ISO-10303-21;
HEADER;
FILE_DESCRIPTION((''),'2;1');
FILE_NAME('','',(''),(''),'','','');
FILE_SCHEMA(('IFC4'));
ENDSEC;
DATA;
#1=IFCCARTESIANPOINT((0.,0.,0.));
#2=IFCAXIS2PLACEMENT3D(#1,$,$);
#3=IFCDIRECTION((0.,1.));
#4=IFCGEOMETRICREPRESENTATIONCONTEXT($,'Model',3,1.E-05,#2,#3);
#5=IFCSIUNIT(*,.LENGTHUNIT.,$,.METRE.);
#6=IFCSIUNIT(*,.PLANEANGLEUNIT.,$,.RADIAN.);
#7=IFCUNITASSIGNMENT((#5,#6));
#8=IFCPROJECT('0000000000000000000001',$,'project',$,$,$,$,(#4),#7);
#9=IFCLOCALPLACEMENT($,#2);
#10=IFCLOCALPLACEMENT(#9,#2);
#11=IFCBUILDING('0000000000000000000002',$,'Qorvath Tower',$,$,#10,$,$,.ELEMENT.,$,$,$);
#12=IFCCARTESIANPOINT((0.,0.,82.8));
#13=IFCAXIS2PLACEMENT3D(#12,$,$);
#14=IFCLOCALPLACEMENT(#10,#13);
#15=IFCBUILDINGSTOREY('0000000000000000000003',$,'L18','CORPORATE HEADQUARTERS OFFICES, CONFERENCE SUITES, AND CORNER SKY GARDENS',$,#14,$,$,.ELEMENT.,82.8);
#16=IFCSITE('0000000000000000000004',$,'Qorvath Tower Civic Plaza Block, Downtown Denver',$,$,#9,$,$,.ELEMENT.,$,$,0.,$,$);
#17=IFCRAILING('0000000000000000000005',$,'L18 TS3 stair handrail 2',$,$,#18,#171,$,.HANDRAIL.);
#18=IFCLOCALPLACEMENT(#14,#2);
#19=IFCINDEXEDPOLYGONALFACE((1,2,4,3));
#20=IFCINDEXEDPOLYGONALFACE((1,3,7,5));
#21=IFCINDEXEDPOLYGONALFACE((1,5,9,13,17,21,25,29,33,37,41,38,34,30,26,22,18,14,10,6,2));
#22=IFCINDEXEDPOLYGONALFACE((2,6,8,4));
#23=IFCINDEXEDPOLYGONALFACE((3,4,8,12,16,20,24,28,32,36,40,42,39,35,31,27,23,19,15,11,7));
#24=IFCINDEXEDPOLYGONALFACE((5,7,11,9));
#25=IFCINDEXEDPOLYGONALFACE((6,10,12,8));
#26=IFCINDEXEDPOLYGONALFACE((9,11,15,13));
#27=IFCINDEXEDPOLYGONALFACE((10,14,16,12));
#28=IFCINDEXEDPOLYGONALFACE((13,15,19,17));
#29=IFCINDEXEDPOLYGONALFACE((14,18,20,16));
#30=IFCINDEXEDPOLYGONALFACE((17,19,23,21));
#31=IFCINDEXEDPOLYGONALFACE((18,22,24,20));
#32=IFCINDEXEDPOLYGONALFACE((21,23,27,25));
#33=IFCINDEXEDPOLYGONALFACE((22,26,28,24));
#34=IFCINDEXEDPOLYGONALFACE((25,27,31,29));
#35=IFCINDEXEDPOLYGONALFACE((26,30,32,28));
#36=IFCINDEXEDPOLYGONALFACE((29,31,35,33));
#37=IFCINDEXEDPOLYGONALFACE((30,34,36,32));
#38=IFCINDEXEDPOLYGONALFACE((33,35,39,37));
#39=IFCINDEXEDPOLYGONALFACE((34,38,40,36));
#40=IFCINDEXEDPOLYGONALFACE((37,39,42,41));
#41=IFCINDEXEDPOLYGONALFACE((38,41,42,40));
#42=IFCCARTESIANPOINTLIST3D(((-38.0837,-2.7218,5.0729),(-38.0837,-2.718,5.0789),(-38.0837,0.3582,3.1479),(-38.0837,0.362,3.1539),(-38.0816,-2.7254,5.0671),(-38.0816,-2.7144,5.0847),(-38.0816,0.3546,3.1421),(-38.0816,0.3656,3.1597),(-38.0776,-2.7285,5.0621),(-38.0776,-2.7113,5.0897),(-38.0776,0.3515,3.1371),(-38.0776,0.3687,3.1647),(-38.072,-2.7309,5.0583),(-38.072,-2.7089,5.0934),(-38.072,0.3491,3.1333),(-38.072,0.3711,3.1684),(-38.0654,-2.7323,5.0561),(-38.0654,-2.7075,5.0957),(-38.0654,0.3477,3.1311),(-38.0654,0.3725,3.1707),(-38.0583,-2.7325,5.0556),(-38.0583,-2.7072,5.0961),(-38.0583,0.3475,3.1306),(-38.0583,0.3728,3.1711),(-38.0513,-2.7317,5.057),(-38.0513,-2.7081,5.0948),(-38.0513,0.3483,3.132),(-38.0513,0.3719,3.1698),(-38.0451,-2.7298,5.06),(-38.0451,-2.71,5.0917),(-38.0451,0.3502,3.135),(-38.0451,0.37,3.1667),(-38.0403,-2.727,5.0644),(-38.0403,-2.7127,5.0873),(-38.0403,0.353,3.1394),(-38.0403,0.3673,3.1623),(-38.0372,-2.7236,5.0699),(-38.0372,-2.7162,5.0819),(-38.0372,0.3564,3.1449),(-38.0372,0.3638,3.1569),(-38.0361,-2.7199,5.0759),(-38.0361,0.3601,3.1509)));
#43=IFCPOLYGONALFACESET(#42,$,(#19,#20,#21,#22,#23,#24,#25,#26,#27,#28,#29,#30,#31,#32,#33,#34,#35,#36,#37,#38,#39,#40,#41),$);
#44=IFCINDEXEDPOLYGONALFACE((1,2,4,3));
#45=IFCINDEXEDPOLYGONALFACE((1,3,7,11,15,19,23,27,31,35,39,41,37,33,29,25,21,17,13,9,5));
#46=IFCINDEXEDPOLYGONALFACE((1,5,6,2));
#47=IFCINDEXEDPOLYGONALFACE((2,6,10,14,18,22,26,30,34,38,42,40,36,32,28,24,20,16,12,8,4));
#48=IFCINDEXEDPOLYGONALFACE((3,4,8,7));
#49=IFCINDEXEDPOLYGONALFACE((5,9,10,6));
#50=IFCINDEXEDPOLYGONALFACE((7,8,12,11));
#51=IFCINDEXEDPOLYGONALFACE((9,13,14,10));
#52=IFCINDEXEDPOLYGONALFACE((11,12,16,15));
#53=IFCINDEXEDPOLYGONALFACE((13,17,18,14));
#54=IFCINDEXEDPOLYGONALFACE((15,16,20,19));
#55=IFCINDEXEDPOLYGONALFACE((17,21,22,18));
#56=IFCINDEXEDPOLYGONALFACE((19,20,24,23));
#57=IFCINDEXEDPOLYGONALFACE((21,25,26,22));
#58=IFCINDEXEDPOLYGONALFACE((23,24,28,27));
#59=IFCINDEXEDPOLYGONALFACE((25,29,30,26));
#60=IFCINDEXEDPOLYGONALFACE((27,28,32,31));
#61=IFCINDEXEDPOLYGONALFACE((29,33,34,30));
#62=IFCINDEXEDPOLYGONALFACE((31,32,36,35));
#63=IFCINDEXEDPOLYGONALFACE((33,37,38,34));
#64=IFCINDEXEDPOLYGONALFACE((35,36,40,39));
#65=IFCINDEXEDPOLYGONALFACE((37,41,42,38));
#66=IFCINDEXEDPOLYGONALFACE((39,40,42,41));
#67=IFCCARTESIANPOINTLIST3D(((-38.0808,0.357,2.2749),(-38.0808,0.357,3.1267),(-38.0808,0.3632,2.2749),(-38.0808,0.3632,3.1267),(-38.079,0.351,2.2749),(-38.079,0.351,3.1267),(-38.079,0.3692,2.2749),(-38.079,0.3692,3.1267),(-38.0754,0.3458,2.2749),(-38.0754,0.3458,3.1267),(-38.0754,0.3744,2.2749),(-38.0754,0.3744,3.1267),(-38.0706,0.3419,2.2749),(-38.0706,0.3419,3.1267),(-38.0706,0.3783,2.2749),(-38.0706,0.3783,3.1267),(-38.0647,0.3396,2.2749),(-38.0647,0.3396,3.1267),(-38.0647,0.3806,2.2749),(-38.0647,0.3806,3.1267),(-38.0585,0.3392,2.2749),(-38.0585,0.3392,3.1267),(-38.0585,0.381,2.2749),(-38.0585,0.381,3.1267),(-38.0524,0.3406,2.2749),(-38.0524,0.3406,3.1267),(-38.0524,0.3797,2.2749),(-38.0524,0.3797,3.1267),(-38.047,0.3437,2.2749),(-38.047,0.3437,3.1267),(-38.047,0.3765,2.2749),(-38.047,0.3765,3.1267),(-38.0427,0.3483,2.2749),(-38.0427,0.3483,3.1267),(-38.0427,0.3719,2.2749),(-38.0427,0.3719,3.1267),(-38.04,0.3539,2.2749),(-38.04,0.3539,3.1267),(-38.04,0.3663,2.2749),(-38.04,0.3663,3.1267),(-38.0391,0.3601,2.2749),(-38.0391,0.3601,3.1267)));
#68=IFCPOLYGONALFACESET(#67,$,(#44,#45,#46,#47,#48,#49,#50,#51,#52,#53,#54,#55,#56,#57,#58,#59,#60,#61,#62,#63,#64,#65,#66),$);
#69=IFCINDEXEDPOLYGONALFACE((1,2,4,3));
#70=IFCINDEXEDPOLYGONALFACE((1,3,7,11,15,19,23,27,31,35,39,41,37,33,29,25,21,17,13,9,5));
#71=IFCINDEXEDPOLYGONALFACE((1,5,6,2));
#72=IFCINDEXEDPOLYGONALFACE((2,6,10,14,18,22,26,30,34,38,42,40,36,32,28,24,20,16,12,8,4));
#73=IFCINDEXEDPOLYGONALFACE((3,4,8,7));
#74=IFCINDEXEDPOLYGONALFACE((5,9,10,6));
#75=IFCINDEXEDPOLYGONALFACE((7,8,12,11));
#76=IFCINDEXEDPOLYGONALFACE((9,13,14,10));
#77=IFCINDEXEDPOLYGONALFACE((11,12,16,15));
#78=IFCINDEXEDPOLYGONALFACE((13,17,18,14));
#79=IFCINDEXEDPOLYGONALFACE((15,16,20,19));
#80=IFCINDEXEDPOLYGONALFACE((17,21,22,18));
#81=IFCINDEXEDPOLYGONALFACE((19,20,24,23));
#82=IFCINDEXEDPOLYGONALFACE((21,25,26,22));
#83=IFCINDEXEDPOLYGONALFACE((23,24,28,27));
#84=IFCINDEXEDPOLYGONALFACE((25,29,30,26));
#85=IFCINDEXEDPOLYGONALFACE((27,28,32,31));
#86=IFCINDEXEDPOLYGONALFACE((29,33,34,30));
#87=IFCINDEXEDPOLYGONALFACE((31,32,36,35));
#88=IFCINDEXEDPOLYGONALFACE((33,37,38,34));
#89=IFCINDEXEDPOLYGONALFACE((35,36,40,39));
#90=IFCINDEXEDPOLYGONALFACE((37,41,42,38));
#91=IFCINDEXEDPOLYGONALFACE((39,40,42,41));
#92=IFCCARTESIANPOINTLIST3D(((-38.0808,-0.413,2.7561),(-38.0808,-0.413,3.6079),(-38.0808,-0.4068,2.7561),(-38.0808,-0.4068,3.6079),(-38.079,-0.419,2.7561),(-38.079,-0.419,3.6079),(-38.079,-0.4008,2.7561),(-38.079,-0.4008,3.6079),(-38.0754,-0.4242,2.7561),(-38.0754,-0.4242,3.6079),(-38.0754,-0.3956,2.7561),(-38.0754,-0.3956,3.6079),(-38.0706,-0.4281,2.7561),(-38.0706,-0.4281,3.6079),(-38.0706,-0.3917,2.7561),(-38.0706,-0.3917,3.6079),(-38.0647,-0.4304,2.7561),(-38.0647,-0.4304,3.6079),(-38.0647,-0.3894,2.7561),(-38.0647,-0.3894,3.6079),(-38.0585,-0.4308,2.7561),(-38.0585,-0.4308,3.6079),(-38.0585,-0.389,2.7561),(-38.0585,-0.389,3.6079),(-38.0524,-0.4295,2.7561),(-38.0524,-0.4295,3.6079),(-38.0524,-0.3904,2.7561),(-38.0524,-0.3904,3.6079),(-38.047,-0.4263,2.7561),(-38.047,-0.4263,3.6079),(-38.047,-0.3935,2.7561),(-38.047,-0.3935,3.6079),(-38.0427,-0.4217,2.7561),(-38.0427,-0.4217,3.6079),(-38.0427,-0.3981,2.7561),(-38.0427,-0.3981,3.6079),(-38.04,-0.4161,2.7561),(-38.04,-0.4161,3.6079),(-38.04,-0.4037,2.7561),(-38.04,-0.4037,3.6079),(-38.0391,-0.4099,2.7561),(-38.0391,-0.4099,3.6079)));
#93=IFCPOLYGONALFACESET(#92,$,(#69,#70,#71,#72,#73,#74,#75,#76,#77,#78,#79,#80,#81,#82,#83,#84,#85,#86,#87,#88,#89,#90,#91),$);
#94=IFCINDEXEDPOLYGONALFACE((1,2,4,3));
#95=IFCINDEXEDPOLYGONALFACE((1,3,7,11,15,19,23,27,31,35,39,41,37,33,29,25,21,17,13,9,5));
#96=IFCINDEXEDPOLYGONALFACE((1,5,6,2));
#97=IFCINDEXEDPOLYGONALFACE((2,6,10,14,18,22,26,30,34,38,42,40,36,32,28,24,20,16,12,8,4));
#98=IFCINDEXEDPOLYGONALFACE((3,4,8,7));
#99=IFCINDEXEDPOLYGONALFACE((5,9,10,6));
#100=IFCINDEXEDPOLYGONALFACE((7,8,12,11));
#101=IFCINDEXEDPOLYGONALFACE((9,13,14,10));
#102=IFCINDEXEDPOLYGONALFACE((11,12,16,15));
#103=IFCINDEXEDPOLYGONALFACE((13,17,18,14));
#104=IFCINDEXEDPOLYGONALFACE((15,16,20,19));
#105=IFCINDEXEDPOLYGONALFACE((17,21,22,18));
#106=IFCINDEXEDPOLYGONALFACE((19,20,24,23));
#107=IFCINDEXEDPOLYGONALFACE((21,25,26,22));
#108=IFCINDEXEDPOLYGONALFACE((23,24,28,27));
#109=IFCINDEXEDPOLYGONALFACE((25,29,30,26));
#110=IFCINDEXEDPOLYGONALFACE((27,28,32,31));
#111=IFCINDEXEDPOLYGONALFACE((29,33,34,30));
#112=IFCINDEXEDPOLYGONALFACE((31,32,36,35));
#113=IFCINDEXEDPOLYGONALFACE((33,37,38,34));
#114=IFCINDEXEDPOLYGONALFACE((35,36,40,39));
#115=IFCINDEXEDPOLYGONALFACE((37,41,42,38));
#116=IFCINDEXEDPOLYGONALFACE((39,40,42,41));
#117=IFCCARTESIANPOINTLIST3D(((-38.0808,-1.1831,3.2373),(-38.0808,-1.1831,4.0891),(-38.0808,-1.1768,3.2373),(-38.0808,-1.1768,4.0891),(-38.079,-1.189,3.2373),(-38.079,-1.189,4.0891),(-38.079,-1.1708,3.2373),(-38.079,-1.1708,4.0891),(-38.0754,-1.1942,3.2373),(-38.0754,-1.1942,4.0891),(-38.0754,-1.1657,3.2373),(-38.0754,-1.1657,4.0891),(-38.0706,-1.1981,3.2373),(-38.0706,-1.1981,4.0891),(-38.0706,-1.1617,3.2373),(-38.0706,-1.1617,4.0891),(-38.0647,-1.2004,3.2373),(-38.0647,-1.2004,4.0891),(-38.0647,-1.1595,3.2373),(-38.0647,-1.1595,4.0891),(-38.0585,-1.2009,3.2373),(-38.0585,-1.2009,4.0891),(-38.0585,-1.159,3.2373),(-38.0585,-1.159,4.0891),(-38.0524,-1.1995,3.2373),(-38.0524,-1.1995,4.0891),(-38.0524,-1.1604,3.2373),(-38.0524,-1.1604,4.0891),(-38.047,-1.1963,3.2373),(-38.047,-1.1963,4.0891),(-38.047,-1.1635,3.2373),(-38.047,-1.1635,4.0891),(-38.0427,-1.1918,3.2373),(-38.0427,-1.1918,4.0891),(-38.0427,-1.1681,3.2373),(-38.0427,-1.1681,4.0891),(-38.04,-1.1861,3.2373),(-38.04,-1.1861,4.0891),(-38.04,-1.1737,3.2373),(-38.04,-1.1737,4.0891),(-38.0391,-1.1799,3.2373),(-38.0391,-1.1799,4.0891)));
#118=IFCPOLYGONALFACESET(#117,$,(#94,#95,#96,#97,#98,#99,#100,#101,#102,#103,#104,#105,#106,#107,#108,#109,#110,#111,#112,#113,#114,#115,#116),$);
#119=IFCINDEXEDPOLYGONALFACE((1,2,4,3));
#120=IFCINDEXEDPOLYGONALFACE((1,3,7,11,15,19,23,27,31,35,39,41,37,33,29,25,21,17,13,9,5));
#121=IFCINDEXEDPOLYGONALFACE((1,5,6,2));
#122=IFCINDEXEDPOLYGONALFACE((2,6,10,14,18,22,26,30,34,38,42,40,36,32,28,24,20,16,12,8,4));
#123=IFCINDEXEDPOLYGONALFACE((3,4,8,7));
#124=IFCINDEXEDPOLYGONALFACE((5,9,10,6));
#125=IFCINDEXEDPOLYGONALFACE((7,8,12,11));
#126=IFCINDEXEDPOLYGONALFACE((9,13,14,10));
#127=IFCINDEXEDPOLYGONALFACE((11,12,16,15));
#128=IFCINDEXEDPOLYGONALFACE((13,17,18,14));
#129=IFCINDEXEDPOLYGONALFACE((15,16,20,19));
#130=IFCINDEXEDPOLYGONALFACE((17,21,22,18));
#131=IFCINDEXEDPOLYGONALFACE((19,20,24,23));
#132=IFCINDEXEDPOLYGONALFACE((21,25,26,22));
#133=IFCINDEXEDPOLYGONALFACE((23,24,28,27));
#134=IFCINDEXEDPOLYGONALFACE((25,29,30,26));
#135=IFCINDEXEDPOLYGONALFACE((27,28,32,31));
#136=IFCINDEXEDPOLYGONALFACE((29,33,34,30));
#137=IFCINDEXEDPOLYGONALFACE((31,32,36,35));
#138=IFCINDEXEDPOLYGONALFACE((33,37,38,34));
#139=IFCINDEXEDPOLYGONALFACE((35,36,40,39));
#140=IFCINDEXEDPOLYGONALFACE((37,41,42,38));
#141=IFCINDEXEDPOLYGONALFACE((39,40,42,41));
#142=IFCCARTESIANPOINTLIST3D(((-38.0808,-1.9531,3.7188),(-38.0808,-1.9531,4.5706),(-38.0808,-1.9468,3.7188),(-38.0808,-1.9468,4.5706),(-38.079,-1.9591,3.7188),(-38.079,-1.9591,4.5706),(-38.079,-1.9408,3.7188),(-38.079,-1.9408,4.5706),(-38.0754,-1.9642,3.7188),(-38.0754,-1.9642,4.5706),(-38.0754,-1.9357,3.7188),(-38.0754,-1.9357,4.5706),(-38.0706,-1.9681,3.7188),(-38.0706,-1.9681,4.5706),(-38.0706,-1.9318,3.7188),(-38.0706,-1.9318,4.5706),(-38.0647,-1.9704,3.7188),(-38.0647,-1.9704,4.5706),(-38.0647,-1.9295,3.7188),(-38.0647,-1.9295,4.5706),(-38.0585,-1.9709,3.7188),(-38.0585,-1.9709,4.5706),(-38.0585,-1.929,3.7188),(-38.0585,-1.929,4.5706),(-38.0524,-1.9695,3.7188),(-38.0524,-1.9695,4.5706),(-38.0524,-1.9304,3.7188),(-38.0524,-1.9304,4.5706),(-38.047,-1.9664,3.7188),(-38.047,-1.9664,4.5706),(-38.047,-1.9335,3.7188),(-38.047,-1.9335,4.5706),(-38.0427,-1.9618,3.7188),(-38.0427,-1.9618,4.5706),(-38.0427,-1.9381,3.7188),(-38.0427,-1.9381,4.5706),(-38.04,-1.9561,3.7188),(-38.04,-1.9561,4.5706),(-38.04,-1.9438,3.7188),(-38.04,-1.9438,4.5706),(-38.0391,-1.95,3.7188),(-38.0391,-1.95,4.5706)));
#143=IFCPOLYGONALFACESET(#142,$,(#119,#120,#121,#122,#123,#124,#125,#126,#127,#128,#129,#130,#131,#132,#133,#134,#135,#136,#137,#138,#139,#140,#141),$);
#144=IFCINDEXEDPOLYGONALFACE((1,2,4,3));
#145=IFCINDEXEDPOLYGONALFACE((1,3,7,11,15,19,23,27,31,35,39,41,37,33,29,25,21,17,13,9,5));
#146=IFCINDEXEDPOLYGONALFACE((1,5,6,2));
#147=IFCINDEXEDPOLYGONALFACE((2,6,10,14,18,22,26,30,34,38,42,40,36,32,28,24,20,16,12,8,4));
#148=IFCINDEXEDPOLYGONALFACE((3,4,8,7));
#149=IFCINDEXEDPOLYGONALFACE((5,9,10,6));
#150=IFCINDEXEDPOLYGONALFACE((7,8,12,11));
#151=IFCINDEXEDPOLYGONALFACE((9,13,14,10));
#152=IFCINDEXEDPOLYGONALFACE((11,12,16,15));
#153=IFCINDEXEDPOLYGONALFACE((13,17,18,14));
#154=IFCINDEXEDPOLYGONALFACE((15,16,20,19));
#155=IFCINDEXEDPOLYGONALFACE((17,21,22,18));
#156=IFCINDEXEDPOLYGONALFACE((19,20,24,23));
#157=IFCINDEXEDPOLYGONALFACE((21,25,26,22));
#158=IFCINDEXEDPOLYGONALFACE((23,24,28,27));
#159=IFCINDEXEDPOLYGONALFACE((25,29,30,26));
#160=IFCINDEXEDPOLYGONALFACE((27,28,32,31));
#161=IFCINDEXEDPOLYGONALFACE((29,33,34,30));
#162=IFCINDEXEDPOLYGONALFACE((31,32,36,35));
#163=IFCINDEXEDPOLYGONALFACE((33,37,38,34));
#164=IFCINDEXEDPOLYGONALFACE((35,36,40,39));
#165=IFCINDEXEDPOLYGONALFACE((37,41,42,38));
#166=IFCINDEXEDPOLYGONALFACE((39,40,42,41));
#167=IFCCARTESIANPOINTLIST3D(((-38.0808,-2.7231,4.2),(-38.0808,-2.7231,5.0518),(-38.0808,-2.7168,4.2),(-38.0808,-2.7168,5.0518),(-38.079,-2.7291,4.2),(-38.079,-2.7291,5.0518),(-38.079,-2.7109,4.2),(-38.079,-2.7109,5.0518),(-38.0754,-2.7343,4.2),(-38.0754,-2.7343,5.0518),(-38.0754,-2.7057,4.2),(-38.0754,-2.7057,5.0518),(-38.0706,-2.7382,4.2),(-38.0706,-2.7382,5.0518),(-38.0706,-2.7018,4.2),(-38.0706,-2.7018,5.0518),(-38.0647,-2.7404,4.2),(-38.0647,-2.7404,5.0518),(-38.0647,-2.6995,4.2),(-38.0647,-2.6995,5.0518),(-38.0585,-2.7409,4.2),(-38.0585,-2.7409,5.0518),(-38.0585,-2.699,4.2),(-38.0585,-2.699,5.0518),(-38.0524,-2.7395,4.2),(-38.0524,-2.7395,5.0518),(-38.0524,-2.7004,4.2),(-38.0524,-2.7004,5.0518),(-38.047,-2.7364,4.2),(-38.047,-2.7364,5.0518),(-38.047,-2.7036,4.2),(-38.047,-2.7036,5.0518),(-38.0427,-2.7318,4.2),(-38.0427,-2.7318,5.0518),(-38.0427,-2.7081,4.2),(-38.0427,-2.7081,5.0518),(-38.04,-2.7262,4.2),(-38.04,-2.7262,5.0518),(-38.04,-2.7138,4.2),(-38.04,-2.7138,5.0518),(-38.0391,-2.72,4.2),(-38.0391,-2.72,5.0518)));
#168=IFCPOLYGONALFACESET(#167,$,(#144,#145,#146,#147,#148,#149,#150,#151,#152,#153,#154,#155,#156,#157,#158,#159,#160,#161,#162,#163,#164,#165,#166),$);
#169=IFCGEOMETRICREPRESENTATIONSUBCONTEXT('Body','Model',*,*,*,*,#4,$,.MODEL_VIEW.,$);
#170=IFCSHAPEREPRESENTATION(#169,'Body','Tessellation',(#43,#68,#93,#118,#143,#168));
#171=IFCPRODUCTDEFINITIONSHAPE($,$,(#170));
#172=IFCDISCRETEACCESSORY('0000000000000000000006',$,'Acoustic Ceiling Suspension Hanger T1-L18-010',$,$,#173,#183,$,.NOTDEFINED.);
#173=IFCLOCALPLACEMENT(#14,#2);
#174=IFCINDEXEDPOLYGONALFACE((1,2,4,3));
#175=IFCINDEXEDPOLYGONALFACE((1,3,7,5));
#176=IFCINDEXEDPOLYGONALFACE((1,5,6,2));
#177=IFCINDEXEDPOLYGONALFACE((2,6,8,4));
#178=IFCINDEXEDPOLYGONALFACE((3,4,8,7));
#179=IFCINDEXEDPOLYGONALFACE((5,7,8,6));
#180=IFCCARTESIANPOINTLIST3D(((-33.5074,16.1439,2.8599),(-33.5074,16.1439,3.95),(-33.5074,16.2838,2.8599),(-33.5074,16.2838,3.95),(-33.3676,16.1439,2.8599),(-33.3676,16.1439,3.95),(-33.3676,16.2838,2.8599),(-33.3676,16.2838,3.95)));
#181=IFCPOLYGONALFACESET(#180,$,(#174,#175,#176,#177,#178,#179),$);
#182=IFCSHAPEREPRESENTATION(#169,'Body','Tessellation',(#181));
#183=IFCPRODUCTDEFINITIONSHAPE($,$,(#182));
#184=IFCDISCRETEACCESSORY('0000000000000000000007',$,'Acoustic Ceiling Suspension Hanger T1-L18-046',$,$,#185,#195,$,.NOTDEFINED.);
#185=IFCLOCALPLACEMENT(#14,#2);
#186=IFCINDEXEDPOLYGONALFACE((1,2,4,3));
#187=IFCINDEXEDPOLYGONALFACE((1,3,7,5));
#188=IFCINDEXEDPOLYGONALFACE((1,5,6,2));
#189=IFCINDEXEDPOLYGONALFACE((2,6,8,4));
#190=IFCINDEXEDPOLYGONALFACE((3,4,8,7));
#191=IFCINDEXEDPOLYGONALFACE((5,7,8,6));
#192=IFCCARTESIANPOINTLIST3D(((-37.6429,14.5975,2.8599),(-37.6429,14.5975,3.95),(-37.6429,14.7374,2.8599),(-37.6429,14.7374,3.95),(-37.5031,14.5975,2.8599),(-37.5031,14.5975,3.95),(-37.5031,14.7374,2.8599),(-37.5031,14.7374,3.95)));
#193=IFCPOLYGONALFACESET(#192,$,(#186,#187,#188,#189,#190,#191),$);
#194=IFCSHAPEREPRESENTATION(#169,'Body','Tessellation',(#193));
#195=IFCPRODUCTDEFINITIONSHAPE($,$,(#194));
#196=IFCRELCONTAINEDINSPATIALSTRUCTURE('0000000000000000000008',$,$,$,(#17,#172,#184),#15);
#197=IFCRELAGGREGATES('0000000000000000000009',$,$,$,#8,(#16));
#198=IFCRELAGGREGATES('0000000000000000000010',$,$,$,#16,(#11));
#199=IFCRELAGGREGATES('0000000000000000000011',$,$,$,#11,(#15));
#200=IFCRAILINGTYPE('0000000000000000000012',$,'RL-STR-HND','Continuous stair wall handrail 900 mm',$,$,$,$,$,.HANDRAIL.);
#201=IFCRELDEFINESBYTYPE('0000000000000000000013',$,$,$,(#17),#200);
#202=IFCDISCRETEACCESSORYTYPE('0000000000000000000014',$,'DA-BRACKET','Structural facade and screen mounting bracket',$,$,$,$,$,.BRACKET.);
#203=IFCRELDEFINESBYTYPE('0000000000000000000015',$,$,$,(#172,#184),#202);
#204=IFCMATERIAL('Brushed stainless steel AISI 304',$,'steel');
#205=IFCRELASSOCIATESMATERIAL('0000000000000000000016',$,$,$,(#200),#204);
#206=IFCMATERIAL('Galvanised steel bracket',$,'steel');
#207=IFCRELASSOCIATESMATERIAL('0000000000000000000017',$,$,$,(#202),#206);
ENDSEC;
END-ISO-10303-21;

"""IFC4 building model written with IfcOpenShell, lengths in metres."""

from ifc_helpers import new_model, si_unit, direction, frame, origin, origin_2d, place, context, subcontext, project, spatial, rectangle, circle, extrude, material, type_object, element, save


model = new_model("IFC4")

# Units and contexts
model_context = context("Model", 3, precision=1e-05, world=origin(), true_north=direction((0.0, 1.0)))
body_context = subcontext(model_context, "Body", "Model", "MODEL_VIEW")
ifc_project = project(units=[si_unit("LENGTHUNIT", "METRE"), si_unit("PLANEANGLEUNIT", "RADIAN")], contexts=[model_context])

# Site, building, storey
site_placement = place(None, origin())
site = spatial("IfcSite", under=ifc_project, at=site_placement, Name="Qorvath Tower Civic Plaza Block, Downtown Denver", CompositionType="ELEMENT", RefElevation=0.0)
building_placement = place(site_placement, origin())
building = spatial("IfcBuilding", under=site, at=building_placement, Name="Qorvath Tower", CompositionType="ELEMENT")
storey_placement = place(building_placement, frame((0.0, 0.0, 82.8)))
storey = spatial("IfcBuildingStorey", under=building, at=storey_placement, Name="L18", Description="CORPORATE HEADQUARTERS OFFICES, CONFERENCE SUITES, AND CORNER SKY GARDENS", CompositionType="ELEMENT", Elevation=82.8)

# Railing
ifc_material_1 = material(Name="Brushed stainless steel AISI 304", Category="steel")
railing_type_1 = type_object("IfcRailingType", Name="RL-STR-HND", Description="Continuous stair wall handrail 900 mm", PredefinedType="HANDRAIL", material=ifc_material_1)
railing_1_placement = place(storey_placement, frame((-38.0601, 0.3601, 2.2749)))
element("IfcRailing", 1, at=railing_1_placement, inside=storey, type_object=railing_type_1, Name="L18 TS3 stair handrail 2", PredefinedType="HANDRAIL", context=body_context, shape_type="SweptSolid", body=[
    extrude(circle(Radius=0.0239, at=origin_2d()), frame((0.0, 0.0, 0.876), z_axis=(0.0, -0.847998, 0.529999), x_axis=(1.0, 0.0, 0.0)), (0.0, 0.0, 1.0), 3.6321),
    extrude(circle(Radius=0.021, at=origin_2d()), origin(), (0.0, 0.0, 1.0), 0.8518),
    extrude(circle(Radius=0.021, at=origin_2d()), frame((0.0, -0.77, 0.4812)), (0.0, 0.0, 1.0), 0.8518),
    extrude(circle(Radius=0.021, at=origin_2d()), frame((0.0, -1.54, 0.9624)), (0.0, 0.0, 1.0), 0.8518),
    extrude(circle(Radius=0.021, at=origin_2d()), frame((0.0, -2.3101, 1.4438)), (0.0, 0.0, 1.0), 0.8518),
    extrude(circle(Radius=0.021, at=origin_2d()), frame((0.0, -3.0801, 1.925)), (0.0, 0.0, 1.0), 0.8518),
])

# Discrete accessories
ifc_material_2 = material(Name="Galvanised steel bracket", Category="steel")
discrete_accessory_type = type_object("IfcDiscreteAccessoryType", Name="DA-BRACKET", Description="Structural facade and screen mounting bracket", PredefinedType="BRACKET", material=ifc_material_2)
for number, where, z_axis, x_axis, name in (
    (2, (-33.4375, 16.2139, 2.8599), (0.0, 0.0, 1.0), (1.0, 0.0, 0.0), "Acoustic Ceiling Suspension Hanger T1-L18-010"),
    (3, (-37.573, 14.6675, 2.8599), (0.0, 0.0, 1.0), (1.0, 0.0, 0.0), "Acoustic Ceiling Suspension Hanger T1-L18-046"),
):
    element("IfcDiscreteAccessory", number, at=place(storey_placement, frame(where, z_axis=z_axis, x_axis=x_axis)), inside=storey, type_object=discrete_accessory_type, Name=name, PredefinedType="NOTDEFINED", context=body_context, shape_type="SweptSolid", body=[
        extrude(rectangle(XDim=0.1399, YDim=0.1399, at=origin_2d()), origin(), (0.0, 0.0, 1.0), 1.0901),
    ])

save(model, "model.ifc")
